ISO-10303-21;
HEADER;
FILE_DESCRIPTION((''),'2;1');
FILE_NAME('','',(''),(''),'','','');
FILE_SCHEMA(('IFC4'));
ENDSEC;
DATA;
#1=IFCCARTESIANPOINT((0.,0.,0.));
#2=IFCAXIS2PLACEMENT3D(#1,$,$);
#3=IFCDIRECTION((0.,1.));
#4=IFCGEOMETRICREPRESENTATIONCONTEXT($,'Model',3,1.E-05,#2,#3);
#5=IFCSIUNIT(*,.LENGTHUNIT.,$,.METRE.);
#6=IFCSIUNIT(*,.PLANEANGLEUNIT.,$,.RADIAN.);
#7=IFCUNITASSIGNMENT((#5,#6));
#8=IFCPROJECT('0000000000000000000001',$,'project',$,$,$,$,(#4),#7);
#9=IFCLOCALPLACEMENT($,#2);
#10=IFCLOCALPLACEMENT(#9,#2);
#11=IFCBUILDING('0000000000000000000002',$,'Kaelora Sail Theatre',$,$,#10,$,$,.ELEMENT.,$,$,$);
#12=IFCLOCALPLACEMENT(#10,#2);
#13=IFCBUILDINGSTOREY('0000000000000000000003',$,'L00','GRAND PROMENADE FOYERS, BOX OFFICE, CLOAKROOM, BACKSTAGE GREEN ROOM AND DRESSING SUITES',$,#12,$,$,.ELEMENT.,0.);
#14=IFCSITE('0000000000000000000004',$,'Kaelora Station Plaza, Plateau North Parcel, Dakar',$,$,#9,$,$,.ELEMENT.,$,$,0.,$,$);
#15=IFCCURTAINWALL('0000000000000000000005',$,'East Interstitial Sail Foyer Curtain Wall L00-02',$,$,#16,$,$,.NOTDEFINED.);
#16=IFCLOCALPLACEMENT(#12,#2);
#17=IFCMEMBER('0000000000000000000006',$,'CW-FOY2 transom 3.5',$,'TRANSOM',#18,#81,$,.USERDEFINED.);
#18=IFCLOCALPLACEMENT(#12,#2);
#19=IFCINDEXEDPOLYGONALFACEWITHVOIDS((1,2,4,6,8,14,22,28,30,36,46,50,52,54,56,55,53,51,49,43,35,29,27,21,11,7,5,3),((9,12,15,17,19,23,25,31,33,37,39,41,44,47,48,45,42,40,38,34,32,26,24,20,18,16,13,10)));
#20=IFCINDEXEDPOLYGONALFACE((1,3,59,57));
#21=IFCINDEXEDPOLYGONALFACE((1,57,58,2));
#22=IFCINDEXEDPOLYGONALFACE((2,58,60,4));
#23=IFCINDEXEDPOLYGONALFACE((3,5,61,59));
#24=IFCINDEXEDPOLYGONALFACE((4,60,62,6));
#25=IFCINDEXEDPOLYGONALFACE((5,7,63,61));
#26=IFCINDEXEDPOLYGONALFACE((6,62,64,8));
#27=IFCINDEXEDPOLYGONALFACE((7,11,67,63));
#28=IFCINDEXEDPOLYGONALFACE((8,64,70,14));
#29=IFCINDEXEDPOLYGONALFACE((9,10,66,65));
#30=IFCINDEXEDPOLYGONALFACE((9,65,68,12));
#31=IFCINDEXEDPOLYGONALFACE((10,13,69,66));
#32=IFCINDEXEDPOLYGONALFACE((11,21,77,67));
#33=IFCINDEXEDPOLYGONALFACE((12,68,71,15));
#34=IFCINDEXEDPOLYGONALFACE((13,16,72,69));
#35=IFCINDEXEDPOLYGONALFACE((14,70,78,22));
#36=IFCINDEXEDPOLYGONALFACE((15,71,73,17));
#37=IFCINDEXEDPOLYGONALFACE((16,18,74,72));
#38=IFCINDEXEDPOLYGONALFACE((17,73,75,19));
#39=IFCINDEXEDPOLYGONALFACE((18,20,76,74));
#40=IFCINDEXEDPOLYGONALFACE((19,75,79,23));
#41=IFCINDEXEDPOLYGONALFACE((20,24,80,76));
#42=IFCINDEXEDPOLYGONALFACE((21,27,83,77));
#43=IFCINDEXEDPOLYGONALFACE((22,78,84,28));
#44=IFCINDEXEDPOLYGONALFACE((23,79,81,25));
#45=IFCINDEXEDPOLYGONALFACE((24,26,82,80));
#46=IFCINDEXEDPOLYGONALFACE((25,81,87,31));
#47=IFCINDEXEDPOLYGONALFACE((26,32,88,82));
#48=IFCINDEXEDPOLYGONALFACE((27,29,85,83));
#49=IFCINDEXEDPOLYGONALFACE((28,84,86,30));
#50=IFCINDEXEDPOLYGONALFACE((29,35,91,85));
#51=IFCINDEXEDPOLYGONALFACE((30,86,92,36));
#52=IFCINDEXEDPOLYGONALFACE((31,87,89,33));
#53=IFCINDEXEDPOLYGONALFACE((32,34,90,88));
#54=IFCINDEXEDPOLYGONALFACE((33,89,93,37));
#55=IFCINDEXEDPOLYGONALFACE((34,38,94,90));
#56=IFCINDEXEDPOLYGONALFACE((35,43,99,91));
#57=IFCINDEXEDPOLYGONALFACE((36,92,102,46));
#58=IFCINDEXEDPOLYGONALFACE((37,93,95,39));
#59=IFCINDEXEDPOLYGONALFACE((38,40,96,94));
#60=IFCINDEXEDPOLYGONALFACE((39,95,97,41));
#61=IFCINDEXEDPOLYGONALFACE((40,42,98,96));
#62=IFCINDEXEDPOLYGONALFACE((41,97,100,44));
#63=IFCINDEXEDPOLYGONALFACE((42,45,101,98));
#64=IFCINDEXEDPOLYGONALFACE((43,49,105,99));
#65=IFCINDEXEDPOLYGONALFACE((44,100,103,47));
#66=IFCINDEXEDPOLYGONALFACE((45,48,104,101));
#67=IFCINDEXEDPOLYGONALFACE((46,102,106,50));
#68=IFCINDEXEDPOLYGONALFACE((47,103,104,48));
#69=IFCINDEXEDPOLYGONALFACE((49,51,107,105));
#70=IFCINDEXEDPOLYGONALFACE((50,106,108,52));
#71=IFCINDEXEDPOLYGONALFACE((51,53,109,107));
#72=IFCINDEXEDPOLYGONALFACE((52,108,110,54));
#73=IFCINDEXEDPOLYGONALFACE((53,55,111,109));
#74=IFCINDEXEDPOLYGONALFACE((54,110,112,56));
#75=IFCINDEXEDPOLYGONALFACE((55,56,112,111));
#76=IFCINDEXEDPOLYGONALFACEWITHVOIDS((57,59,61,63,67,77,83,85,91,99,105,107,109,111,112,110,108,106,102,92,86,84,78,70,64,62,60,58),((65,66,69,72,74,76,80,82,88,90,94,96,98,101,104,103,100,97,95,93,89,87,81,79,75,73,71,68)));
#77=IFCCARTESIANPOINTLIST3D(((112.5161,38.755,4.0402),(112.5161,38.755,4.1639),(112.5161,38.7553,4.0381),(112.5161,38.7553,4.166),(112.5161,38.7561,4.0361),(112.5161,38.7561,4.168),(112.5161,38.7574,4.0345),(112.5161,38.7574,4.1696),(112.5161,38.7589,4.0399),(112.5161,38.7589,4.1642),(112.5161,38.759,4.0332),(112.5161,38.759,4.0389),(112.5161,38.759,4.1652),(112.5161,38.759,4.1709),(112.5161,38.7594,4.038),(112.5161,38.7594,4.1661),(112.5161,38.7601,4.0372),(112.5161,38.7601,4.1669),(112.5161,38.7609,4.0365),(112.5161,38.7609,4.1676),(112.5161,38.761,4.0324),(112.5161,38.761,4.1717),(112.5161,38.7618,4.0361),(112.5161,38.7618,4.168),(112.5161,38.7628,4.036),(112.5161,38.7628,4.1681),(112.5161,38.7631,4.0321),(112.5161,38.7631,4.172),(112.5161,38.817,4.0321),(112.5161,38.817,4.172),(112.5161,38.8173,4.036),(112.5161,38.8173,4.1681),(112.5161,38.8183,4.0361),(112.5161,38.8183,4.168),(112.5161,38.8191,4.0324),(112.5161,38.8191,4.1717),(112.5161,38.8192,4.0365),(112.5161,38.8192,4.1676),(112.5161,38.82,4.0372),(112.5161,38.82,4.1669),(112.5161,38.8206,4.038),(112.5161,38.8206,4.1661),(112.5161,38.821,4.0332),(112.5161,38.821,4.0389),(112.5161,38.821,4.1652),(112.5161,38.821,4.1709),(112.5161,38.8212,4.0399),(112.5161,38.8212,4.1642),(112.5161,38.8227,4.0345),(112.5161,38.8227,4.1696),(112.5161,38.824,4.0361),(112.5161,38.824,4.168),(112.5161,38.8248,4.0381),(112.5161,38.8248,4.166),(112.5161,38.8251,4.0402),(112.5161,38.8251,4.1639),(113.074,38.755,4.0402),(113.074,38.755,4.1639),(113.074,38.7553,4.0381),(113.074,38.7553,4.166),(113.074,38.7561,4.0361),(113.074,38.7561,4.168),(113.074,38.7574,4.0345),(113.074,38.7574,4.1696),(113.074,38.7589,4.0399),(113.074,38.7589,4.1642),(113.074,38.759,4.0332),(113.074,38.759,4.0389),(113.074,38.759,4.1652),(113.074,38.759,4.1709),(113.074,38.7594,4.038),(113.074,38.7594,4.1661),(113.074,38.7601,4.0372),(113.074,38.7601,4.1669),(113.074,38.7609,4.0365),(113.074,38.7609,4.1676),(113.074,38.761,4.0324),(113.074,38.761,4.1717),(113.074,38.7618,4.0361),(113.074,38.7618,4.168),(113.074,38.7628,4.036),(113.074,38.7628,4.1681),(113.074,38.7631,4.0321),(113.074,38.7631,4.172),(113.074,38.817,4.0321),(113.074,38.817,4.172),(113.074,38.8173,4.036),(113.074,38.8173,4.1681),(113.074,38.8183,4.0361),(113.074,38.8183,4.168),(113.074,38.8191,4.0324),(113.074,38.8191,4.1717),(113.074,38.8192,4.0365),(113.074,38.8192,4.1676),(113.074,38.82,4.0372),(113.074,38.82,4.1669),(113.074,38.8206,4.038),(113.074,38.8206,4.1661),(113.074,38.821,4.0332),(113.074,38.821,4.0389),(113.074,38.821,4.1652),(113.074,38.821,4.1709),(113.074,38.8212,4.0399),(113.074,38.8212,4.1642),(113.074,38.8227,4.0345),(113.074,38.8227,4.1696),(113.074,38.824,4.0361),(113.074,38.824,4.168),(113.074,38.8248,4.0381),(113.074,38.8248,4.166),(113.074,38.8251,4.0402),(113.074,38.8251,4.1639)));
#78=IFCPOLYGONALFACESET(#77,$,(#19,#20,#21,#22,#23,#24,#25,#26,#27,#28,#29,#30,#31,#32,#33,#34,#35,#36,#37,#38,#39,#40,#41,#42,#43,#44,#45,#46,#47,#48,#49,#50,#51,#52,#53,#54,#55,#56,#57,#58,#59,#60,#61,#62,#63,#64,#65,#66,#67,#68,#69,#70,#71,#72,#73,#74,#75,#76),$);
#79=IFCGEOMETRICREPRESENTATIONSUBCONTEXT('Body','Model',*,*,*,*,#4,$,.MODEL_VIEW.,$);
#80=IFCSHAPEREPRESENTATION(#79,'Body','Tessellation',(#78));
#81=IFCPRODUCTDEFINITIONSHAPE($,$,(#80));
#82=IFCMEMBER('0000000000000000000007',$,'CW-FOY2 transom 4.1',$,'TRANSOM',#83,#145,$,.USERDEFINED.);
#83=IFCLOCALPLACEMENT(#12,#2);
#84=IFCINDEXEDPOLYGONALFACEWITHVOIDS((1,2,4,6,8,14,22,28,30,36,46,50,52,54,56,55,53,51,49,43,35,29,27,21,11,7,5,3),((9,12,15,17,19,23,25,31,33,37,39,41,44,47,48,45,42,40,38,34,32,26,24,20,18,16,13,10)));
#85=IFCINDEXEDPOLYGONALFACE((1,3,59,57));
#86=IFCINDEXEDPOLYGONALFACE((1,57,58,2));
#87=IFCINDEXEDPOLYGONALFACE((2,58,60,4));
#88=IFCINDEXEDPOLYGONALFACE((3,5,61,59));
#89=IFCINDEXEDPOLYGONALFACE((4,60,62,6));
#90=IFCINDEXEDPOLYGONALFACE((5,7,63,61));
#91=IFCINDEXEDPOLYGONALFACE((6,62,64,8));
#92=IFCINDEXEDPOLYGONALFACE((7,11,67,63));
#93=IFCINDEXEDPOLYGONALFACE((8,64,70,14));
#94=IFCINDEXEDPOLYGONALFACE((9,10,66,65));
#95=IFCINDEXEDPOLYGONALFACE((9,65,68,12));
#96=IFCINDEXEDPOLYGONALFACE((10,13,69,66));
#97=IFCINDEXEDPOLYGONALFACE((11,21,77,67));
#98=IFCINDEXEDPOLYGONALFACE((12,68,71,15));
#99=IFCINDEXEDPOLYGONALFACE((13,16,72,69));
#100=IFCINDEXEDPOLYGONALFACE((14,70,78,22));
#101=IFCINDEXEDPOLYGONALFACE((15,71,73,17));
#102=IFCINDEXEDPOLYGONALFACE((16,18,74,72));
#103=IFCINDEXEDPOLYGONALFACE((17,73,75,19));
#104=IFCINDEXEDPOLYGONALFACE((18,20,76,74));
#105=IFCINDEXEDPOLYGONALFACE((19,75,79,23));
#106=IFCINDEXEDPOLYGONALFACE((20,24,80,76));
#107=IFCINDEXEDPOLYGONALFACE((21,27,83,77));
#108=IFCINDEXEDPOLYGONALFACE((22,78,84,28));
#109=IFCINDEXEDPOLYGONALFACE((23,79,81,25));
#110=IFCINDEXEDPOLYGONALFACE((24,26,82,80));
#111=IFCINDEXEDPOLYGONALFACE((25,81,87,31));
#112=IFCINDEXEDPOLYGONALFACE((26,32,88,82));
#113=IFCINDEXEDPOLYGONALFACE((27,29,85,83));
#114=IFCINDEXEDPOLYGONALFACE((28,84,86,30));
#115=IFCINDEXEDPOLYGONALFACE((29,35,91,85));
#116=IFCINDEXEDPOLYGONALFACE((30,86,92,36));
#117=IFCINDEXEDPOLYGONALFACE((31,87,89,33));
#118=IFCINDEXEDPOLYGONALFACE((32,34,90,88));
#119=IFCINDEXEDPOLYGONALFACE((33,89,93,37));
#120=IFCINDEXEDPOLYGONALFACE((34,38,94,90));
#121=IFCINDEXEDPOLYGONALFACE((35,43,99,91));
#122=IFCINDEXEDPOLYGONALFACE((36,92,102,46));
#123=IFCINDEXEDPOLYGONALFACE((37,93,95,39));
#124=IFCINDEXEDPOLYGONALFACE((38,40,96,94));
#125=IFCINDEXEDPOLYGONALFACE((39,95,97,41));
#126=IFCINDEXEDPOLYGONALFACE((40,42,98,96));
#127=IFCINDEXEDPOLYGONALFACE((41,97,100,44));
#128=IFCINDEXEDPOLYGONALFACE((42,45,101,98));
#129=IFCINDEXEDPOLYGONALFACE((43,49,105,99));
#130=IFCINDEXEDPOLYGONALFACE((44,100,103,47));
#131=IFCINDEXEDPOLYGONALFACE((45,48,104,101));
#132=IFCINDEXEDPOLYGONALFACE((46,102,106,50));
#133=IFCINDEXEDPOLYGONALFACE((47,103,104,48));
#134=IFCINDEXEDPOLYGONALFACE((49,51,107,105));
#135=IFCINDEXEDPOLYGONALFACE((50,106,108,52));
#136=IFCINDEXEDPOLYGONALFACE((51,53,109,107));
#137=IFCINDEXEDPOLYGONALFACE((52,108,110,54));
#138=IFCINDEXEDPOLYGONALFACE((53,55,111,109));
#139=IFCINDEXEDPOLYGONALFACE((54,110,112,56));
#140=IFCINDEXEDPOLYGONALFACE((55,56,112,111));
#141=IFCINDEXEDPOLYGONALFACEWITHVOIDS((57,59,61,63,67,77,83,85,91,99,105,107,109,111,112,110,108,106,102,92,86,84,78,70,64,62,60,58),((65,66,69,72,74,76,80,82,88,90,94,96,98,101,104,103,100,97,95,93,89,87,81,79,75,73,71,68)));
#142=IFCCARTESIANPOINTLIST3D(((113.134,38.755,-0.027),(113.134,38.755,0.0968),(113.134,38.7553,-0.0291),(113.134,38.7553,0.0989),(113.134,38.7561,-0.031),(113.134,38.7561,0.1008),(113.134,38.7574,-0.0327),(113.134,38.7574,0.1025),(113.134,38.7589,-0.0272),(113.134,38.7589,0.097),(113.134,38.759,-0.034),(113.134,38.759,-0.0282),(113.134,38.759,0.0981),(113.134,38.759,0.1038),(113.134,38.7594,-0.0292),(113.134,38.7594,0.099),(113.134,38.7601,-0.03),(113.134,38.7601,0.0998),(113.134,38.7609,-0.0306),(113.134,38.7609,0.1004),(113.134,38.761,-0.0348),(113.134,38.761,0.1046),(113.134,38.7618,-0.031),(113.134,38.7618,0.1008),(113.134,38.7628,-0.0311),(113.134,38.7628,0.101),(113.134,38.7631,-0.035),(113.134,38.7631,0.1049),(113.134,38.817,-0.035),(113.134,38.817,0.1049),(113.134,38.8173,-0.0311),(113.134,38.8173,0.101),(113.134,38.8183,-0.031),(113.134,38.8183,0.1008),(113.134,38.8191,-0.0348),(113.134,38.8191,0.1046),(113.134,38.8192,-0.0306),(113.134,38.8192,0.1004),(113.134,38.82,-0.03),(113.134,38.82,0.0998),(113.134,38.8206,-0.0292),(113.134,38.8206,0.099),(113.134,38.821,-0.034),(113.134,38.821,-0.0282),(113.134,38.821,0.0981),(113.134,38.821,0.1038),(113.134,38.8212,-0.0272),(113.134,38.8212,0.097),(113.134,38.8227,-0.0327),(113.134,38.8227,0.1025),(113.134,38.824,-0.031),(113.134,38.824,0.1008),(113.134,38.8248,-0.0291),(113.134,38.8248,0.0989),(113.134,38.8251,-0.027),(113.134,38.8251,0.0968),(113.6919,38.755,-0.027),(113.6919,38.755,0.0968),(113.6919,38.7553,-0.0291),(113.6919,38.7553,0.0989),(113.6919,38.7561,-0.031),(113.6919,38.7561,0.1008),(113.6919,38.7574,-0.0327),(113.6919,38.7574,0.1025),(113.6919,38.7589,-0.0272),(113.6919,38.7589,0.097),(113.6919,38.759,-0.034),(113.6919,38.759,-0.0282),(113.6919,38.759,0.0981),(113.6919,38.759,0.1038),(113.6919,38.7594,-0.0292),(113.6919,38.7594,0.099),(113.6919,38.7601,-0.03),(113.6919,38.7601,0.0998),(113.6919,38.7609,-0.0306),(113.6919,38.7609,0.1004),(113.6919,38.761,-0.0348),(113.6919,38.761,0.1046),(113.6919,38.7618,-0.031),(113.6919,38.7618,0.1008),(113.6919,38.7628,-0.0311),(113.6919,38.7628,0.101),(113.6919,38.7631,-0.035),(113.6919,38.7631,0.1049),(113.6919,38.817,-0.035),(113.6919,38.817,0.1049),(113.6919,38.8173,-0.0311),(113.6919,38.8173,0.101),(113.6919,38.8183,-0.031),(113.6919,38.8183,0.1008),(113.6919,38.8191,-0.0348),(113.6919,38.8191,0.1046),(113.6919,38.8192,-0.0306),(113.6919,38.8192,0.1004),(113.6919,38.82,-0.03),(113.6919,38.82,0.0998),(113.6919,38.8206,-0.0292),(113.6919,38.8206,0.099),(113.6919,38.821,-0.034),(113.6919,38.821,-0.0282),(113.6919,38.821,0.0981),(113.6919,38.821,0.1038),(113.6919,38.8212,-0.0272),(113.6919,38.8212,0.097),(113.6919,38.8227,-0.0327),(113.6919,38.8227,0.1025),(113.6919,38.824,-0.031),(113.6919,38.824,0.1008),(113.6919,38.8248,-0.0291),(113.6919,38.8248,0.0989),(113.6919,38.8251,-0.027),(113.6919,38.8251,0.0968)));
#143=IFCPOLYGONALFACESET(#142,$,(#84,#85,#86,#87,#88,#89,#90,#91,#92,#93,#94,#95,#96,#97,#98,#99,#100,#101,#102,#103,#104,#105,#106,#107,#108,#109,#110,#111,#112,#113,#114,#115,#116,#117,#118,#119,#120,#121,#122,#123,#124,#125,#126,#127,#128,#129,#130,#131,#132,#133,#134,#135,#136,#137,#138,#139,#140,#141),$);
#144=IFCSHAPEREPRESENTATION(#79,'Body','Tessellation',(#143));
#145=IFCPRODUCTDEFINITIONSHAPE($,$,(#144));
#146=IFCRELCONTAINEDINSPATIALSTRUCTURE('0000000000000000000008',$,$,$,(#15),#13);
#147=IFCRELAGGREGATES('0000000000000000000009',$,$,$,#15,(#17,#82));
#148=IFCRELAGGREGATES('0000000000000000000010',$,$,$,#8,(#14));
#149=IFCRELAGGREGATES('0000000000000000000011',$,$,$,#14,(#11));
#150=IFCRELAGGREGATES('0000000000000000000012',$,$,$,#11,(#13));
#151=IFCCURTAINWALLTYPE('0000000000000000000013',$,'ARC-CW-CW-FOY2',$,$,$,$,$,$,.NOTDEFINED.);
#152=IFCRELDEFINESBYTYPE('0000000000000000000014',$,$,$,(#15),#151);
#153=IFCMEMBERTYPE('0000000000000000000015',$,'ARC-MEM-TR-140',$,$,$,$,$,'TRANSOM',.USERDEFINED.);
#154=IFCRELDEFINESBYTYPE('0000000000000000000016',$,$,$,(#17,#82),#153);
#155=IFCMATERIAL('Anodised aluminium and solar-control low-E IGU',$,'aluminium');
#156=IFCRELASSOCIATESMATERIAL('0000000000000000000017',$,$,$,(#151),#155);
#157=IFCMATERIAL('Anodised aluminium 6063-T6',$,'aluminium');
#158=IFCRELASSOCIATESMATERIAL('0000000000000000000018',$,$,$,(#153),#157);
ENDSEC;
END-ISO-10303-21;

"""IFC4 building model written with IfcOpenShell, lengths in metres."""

from ifc_helpers import new_model, si_unit, direction, frame, origin, origin_2d, place, context, subcontext, project, spatial, hollow_rectangle, extrude, material, material_profile, profile_set, type_object, element, aggregate, save


model = new_model("IFC4")

# Units and contexts
model_context = context("Model", 3, precision=1e-05, world=origin(), true_north=direction((0.0, 1.0)))
body_context = subcontext(model_context, "Body", "Model", "MODEL_VIEW")
ifc_project = project(units=[si_unit("LENGTHUNIT", "METRE"), si_unit("PLANEANGLEUNIT", "RADIAN")], contexts=[model_context])

# Site, building, storey
site_placement = place(None, origin())
site = spatial("IfcSite", under=ifc_project, at=site_placement, Name="Kaelora Station Plaza, Plateau North Parcel, Dakar", CompositionType="ELEMENT", RefElevation=0.0)
building_placement = place(site_placement, origin())
building = spatial("IfcBuilding", under=site, at=building_placement, Name="Kaelora Sail Theatre", CompositionType="ELEMENT")
storey_placement = place(building_placement, origin())
storey = spatial("IfcBuildingStorey", under=building, at=storey_placement, Name="L00", Description="GRAND PROMENADE FOYERS, BOX OFFICE, CLOAKROOM, BACKSTAGE GREEN ROOM AND DRESSING SUITES", CompositionType="ELEMENT", Elevation=0.0)

# Curtain wall, members
ifc_material_1 = material(Name="Anodised aluminium and solar-control low-E IGU", Category="aluminium")
curtain_wall_type = type_object("IfcCurtainWallType", Name="ARC-CW-CW-FOY2", PredefinedType="NOTDEFINED", material=ifc_material_1)
curtain_wall_placement = place(storey_placement, origin())
curtain_wall = element("IfcCurtainWall", 1, at=curtain_wall_placement, inside=storey, type_object=curtain_wall_type, Name="East Interstitial Sail Foyer Curtain Wall L00-02", PredefinedType="NOTDEFINED")
ifc_material_2 = material(Name="Anodised aluminium 6063-T6", Category="aluminium")
ifc_material_profile_1 = material_profile(ifc_material_2, hollow_rectangle(XDim=0.0701, YDim=0.1399, WallThickness=0.0039, InnerFilletRadius=0.0039, OuterFilletRadius=0.0081, at=origin_2d()), Name="ALU-TRAN 70x140x4")
ifc_profile_set_1 = profile_set([ifc_material_profile_1], Name="Anodised aluminium 6063-T6")
member_type_1 = type_object("IfcMemberType", Name="ARC-MEM-TR-140", ElementType="TRANSOM", PredefinedType="USERDEFINED", material=ifc_profile_set_1)
member_1_placement = place(storey_placement, frame((112.5161, 38.79, 4.1021), z_axis=(1.0, 0.0, 0.0), x_axis=(0.0, 1.0, 0.0)))
member_1 = element("IfcMember", 2, at=member_1_placement, type_object=member_type_1, Name="CW-FOY2 transom 3.5", ObjectType="TRANSOM", PredefinedType="USERDEFINED", context=body_context, shape_type="SweptSolid", body=[
    extrude(hollow_rectangle(XDim=0.0701, YDim=0.1399, WallThickness=0.0039, InnerFilletRadius=0.0039, OuterFilletRadius=0.0081, at=origin_2d()), origin(), (0.0, 0.0, 1.0), 0.5579),
])
member_2_placement = place(storey_placement, frame((113.134, 38.79, 0.0349), z_axis=(1.0, 0.0, 0.0), x_axis=(0.0, 1.0, 0.0)))
member_2 = element("IfcMember", 3, at=member_2_placement, type_object=member_type_1, Name="CW-FOY2 transom 4.1", ObjectType="TRANSOM", PredefinedType="USERDEFINED", context=body_context, shape_type="SweptSolid", body=[
    extrude(hollow_rectangle(XDim=0.0701, YDim=0.1399, WallThickness=0.0039, InnerFilletRadius=0.0039, OuterFilletRadius=0.0081, at=origin_2d()), origin(), (0.0, 0.0, 1.0), 0.5579),
])
aggregate(curtain_wall, [member_1, member_2])

save(model, "model.ifc")
